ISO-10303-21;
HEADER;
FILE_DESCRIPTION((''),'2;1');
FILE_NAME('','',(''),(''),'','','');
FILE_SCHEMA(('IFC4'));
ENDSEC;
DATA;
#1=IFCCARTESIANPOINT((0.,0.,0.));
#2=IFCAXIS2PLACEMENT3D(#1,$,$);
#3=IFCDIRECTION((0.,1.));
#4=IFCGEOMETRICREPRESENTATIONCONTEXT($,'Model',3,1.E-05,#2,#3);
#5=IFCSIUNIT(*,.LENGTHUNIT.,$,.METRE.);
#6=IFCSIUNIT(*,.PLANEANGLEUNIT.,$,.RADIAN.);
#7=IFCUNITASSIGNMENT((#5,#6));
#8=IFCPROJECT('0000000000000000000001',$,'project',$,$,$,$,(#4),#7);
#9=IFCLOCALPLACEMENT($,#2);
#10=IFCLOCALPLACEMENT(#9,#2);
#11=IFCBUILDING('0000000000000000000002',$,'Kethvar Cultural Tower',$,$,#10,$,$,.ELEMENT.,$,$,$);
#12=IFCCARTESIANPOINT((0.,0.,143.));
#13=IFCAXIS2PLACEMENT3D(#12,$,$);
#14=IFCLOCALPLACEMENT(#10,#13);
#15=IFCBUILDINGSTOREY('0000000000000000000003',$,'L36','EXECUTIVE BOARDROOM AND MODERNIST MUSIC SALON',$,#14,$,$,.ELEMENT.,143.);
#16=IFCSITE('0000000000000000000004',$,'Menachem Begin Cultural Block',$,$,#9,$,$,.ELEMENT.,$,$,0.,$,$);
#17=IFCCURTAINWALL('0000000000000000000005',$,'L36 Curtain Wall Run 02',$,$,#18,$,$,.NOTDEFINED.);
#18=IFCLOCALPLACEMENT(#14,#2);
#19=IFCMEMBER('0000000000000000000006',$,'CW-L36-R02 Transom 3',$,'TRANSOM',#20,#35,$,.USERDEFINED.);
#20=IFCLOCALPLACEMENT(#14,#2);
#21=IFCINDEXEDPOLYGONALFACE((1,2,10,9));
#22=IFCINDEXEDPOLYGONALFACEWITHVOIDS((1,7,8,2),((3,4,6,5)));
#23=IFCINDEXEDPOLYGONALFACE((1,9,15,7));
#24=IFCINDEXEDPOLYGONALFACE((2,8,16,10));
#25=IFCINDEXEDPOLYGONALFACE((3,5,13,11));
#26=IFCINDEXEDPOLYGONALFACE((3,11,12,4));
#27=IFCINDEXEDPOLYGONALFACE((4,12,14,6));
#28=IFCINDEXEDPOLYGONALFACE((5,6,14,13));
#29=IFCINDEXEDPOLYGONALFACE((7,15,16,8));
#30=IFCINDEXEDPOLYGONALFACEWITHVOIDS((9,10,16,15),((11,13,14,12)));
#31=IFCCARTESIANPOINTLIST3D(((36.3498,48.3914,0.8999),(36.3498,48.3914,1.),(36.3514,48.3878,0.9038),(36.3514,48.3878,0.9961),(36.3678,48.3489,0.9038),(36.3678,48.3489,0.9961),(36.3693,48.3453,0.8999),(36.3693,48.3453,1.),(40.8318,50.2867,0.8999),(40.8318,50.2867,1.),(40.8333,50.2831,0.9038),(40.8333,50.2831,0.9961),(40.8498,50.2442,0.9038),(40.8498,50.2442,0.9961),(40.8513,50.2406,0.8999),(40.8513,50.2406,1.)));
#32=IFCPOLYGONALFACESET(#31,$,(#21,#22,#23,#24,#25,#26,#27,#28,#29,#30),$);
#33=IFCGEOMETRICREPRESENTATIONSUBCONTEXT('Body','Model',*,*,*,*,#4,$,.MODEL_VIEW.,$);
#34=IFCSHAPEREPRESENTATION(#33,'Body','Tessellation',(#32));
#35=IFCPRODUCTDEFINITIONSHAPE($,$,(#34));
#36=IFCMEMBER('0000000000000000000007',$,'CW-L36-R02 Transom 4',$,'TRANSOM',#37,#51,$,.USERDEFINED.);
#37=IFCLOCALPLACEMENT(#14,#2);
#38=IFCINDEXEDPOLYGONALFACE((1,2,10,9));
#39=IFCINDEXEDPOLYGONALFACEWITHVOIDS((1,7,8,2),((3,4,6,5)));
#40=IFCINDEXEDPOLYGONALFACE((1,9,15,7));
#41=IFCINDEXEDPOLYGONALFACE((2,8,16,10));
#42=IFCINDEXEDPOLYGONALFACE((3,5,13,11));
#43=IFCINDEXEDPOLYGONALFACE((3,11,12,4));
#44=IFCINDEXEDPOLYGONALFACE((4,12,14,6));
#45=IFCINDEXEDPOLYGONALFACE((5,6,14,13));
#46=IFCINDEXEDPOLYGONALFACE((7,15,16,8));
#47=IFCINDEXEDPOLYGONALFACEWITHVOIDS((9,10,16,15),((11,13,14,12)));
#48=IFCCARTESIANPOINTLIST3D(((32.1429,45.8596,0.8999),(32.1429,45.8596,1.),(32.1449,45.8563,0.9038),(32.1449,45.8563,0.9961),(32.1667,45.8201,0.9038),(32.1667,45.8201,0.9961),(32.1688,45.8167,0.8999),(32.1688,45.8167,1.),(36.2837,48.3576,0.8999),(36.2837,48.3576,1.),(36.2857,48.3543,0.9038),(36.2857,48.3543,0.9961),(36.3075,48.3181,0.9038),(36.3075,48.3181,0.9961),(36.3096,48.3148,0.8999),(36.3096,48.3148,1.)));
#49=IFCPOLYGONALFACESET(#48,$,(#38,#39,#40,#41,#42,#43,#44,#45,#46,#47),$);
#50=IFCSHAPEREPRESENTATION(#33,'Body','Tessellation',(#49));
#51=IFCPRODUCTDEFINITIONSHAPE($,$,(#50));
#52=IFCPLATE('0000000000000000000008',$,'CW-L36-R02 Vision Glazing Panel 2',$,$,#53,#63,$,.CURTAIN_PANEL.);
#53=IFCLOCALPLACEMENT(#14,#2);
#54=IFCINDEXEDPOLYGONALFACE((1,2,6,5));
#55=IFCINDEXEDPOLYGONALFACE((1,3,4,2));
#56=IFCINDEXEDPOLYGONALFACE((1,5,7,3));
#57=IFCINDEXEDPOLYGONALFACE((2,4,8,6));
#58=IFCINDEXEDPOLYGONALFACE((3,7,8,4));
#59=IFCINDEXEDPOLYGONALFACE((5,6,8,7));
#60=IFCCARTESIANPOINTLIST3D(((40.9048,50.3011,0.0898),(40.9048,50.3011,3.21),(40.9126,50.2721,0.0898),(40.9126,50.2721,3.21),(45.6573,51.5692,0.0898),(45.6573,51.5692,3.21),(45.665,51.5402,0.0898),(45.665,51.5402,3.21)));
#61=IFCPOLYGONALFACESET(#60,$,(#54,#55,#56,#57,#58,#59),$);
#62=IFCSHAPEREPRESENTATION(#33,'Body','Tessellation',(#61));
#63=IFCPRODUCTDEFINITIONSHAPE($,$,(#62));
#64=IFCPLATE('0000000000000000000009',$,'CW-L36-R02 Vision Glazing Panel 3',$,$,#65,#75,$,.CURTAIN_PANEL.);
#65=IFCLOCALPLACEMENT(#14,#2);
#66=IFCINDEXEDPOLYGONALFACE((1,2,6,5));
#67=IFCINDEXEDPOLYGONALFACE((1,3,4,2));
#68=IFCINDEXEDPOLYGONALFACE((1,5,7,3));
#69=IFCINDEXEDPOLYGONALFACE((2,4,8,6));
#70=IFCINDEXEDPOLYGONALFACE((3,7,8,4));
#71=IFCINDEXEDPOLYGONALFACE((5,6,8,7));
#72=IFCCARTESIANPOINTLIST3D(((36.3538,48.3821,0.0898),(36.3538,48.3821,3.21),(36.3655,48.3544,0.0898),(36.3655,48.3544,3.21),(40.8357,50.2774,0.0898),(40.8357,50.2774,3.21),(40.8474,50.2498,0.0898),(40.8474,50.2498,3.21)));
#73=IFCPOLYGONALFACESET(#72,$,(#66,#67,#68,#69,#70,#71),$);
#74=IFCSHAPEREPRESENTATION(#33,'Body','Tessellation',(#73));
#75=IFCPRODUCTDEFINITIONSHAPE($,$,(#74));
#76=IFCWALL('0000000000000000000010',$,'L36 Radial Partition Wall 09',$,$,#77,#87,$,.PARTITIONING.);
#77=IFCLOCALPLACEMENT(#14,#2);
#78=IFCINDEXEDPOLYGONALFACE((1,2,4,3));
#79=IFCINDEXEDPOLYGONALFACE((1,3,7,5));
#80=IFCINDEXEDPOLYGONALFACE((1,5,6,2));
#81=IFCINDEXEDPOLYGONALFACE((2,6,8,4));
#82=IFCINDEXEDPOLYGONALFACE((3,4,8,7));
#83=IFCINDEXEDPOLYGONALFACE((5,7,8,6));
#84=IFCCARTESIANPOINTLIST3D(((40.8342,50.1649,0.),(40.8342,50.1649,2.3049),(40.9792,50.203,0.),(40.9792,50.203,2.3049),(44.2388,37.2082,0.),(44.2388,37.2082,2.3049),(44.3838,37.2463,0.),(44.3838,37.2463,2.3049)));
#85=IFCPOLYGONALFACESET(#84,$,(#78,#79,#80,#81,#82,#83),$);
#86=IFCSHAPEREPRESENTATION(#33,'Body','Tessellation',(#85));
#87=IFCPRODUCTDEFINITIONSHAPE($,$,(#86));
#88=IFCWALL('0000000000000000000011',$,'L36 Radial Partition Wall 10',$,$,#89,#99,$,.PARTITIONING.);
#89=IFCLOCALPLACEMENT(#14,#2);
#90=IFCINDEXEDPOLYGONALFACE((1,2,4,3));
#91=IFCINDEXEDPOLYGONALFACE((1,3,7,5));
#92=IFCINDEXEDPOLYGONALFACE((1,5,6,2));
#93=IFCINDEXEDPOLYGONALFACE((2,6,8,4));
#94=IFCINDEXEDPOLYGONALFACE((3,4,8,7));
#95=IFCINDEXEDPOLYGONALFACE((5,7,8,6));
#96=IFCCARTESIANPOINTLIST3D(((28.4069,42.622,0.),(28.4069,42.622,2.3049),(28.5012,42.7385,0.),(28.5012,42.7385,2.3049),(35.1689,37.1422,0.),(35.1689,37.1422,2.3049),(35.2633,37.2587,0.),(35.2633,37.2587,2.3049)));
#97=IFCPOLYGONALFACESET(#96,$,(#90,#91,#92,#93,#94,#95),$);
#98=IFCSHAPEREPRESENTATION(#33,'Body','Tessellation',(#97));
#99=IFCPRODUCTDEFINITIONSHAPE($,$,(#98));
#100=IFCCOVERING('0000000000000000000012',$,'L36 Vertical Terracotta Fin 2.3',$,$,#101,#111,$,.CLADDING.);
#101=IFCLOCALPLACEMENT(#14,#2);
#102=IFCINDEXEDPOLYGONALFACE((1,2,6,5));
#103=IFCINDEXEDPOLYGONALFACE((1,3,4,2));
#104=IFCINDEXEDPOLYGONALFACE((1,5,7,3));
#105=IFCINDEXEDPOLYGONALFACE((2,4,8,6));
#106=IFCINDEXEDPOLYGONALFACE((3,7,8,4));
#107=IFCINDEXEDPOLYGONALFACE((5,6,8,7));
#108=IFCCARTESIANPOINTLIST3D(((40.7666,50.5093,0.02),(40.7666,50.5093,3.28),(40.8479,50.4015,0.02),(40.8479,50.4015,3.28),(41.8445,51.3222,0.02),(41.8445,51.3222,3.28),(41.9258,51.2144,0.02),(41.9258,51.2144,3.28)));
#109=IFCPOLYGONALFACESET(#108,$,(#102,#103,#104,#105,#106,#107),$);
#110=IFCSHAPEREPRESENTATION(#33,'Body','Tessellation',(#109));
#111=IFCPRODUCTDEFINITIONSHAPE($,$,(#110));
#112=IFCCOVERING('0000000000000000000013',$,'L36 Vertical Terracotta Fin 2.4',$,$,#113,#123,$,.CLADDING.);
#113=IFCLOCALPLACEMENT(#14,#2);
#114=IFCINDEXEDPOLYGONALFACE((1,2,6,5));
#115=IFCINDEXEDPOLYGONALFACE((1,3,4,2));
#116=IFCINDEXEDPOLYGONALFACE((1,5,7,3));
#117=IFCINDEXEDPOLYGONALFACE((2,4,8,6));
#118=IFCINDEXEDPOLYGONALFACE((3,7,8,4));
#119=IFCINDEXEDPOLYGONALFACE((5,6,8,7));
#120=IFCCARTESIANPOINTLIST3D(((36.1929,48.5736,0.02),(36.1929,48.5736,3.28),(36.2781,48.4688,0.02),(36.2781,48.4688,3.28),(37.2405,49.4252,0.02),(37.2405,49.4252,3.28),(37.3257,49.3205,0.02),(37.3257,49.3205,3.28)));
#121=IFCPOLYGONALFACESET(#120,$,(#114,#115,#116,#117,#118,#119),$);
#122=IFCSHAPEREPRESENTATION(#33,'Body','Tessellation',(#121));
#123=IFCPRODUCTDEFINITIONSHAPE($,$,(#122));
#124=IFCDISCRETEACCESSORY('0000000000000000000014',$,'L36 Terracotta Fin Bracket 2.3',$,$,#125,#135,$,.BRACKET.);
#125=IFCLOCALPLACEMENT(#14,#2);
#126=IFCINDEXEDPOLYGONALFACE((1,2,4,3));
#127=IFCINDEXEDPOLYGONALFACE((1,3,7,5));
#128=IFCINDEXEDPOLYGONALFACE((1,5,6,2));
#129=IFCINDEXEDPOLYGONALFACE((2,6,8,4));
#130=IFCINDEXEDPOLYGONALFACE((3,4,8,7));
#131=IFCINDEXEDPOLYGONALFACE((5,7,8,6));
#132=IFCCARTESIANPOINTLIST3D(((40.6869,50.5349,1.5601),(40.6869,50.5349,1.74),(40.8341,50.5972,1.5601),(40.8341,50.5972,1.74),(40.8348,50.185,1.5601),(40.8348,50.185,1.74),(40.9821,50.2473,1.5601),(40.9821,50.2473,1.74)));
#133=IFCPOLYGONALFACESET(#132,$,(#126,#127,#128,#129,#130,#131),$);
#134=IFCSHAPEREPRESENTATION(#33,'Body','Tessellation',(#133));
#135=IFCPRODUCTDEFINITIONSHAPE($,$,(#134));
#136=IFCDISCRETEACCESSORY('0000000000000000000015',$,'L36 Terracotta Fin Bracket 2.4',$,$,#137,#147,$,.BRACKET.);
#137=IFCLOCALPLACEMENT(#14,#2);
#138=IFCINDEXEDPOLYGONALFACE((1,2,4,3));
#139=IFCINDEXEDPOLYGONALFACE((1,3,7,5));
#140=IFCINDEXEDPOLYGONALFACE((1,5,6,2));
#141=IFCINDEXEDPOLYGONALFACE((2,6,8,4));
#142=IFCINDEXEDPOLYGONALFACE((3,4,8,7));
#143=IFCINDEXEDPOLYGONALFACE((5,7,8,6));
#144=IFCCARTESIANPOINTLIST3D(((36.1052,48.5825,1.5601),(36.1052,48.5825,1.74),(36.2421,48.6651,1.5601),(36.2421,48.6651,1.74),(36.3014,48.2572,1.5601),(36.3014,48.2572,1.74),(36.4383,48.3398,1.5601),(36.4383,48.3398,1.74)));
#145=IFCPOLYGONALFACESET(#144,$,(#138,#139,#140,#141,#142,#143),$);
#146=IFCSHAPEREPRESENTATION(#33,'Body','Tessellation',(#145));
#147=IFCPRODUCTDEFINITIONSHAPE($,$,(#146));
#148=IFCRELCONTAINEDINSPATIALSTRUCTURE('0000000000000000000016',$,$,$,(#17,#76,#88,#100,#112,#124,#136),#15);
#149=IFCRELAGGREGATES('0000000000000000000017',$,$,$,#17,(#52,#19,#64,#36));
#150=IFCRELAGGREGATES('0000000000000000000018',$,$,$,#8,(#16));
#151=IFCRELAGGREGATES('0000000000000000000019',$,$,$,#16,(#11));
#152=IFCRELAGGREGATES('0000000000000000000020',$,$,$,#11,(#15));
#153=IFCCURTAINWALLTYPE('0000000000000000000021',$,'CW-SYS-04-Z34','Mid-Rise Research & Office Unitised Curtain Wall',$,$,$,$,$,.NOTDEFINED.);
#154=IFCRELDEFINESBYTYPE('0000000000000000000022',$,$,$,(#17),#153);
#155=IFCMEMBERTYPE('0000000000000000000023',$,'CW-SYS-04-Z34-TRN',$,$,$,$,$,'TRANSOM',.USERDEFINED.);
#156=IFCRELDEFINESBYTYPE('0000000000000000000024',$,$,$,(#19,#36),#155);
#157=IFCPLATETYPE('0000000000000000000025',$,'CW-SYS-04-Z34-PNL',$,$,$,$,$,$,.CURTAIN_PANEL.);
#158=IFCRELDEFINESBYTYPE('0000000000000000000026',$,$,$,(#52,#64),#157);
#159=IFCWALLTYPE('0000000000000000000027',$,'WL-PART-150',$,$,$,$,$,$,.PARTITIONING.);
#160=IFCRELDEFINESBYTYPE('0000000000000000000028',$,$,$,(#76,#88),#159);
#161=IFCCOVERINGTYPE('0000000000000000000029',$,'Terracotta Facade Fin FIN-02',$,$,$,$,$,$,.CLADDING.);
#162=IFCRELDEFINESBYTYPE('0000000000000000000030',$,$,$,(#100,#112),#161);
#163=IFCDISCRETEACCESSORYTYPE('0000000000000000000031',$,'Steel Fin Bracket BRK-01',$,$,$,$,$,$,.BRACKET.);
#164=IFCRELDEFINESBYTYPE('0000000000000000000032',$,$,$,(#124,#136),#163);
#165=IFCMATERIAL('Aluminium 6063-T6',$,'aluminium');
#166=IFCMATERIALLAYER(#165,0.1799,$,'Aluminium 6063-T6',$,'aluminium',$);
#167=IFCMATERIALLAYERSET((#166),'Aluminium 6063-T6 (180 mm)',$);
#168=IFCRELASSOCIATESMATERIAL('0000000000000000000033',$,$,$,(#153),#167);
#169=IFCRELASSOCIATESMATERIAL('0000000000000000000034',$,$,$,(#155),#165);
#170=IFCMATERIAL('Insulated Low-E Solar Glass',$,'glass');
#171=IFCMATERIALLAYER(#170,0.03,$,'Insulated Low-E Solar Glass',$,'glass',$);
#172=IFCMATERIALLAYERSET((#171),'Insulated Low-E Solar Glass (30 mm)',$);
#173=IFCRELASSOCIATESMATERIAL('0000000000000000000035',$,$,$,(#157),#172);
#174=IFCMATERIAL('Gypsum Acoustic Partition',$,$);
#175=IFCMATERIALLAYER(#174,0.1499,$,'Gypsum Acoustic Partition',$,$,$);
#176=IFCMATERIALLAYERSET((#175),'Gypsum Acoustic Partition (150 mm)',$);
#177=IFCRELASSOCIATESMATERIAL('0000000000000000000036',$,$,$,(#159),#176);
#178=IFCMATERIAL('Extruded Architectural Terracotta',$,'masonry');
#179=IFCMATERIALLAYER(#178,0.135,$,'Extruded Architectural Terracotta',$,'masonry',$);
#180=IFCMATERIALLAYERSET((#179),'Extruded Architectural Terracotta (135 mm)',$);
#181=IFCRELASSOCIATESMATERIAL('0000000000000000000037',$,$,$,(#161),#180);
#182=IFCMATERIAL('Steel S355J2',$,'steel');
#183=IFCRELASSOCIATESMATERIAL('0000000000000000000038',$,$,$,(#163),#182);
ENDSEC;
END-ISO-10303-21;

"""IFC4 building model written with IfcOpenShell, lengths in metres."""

from ifc_helpers import new_model, si_unit, direction, frame, frame_2d, origin, origin_2d, place, context, subcontext, project, spatial, rectangle, hollow_rectangle, extrude, source, transform, mapped, material, layer, layer_set, material_profile, profile_set, type_object, element, aggregate, save


model = new_model("IFC4")

# Units and contexts
model_context = context("Model", 3, precision=1e-05, world=origin(), true_north=direction((0.0, 1.0)))
body_context = subcontext(model_context, "Body", "Model", "MODEL_VIEW")
ifc_project = project(units=[si_unit("LENGTHUNIT", "METRE"), si_unit("PLANEANGLEUNIT", "RADIAN")], contexts=[model_context])

# Site, building, storey
site_placement = place(None, origin())
site = spatial("IfcSite", under=ifc_project, at=site_placement, Name="Menachem Begin Cultural Block", CompositionType="ELEMENT", RefElevation=0.0)
building_placement = place(site_placement, origin())
building = spatial("IfcBuilding", under=site, at=building_placement, Name="Kethvar Cultural Tower", CompositionType="ELEMENT")
storey_placement = place(building_placement, frame((0.0, 0.0, 143.0)))
storey = spatial("IfcBuildingStorey", under=building, at=storey_placement, Name="L36", Description="EXECUTIVE BOARDROOM AND MODERNIST MUSIC SALON", CompositionType="ELEMENT", Elevation=143.0)

# Shared definitions
ifc_material_1 = material(Name="Steel S355J2", Category="steel")

# Curtain wall, members, plates
ifc_material_2 = material(Name="Aluminium 6063-T6", Category="aluminium")
ifc_layer_1 = layer(ifc_material_2, 0.1799, Name="Aluminium 6063-T6", Category="aluminium")
ifc_layer_set_1 = layer_set([ifc_layer_1], Name="Aluminium 6063-T6 (180 mm)")
curtain_wall_type = type_object("IfcCurtainWallType", Name="CW-SYS-04-Z34", Description="Mid-Rise Research & Office Unitised Curtain Wall", PredefinedType="NOTDEFINED", material=ifc_layer_set_1)
curtain_wall_placement = place(storey_placement, origin())
curtain_wall = element("IfcCurtainWall", 1, at=curtain_wall_placement, inside=storey, type_object=curtain_wall_type, Name="L36 Curtain Wall Run 02", PredefinedType="NOTDEFINED")
ifc_material_profile_1 = material_profile(ifc_material_2, hollow_rectangle(XDim=0.05, YDim=0.1001, WallThickness=0.0039, at=origin_2d()), Name="Aluminium 6063-T6 — RHS100x50x4")
ifc_profile_set_1 = profile_set([ifc_material_profile_1], Name="Aluminium 6063-T6 — RHS100x50x4")
member_type_1 = type_object("IfcMemberType", Name="CW-SYS-04-Z34-TRN", ElementType="TRANSOM", PredefinedType="USERDEFINED", material=ifc_profile_set_1)
shared_shape_1 = source(origin(), body_context, "Body", "SweptSolid", [
    extrude(hollow_rectangle(XDim=0.05, YDim=0.1001, WallThickness=0.0039, at=origin_2d()), origin(), (0.0, 0.0, 1.0), 4.8662),
])
member_1_placement = place(storey_placement, frame((40.8416, 50.2637, 0.95), z_axis=(-0.921036, -0.389476, 0.0), x_axis=(0.389476, -0.921036, 0.0)))
member_1 = element("IfcMember", 2, at=member_1_placement, type_object=member_type_1, Name="CW-L36-R02 Transom 3", ObjectType="TRANSOM", PredefinedType="USERDEFINED", context=body_context, shape_type="MappedRepresentation", body=[
    mapped(shared_shape_1, transform((0.0, 0.0, 0.0), scale=1.0)),
])
shared_shape_2 = source(origin(), body_context, "Body", "SweptSolid", [
    extrude(hollow_rectangle(XDim=0.05, YDim=0.1001, WallThickness=0.0039, at=origin_2d()), origin(), (0.0, 0.0, 1.0), 4.8359),
])
member_2_placement = place(storey_placement, frame((36.2966, 48.3362, 0.95), z_axis=(-0.856257, -0.516551, 0.0), x_axis=(0.516551, -0.856257, 0.0)))
member_2 = element("IfcMember", 3, at=member_2_placement, type_object=member_type_1, Name="CW-L36-R02 Transom 4", ObjectType="TRANSOM", PredefinedType="USERDEFINED", context=body_context, shape_type="MappedRepresentation", body=[
    mapped(shared_shape_2, transform((0.0, 0.0, 0.0), scale=1.0)),
])
ifc_material_3 = material(Name="Insulated Low-E Solar Glass", Category="glass")
ifc_layer_2 = layer(ifc_material_3, 0.03, Name="Insulated Low-E Solar Glass", Category="glass")
ifc_layer_set_2 = layer_set([ifc_layer_2], Name="Insulated Low-E Solar Glass (30 mm)")
plate_type = type_object("IfcPlateType", Name="CW-SYS-04-Z34-PNL", PredefinedType="CURTAIN_PANEL", material=ifc_layer_set_2)
shared_shape_3 = source(origin(), body_context, "Body", "SweptSolid", [
    extrude(rectangle(XDim=4.9187, YDim=0.03, at=origin_2d()), origin(), (0.0, 0.0, 1.0), 3.1201),
])
plate_1_placement = place(storey_placement, frame((43.2849, 50.9207, 0.0898), z_axis=(0.0, 0.0, 1.0), x_axis=(-0.966196, -0.257807, 0.0)))
plate_1 = element("IfcPlate", 4, at=plate_1_placement, type_object=plate_type, Name="CW-L36-R02 Vision Glazing Panel 2", PredefinedType="CURTAIN_PANEL", context=body_context, shape_type="MappedRepresentation", body=[
    mapped(shared_shape_3, transform((0.0, 0.0, 0.0), scale=1.0)),
])
shared_shape_4 = source(origin(), body_context, "Body", "SweptSolid", [
    extrude(rectangle(XDim=4.8662, YDim=0.03, at=origin_2d()), origin(), (0.0, 0.0, 1.0), 3.1201),
])
plate_2_placement = place(storey_placement, frame((38.6006, 49.3159, 0.0898), z_axis=(0.0, 0.0, 1.0), x_axis=(-0.921029, -0.389494, 0.0)))
plate_2 = element("IfcPlate", 5, at=plate_2_placement, type_object=plate_type, Name="CW-L36-R02 Vision Glazing Panel 3", PredefinedType="CURTAIN_PANEL", context=body_context, shape_type="MappedRepresentation", body=[
    mapped(shared_shape_4, transform((0.0, 0.0, 0.0), scale=1.0)),
])
aggregate(curtain_wall, [plate_1, member_1, plate_2, member_2])

# Walls
ifc_material_4 = material(Name="Gypsum Acoustic Partition")
ifc_layer_3 = layer(ifc_material_4, 0.1499, Name="Gypsum Acoustic Partition")
ifc_layer_set_3 = layer_set([ifc_layer_3], Name="Gypsum Acoustic Partition (150 mm)")
wall_type = type_object("IfcWallType", Name="WL-PART-150", PredefinedType="PARTITIONING", material=ifc_layer_set_3)
wall_1_placement = place(storey_placement, frame((44.3113, 37.2273, 0.0), z_axis=(0.0, 0.0, 1.0), x_axis=(-0.254139, 0.967168, 0.0)))
element("IfcWall", 6, at=wall_1_placement, inside=storey, type_object=wall_type, Name="L36 Radial Partition Wall 09", PredefinedType="PARTITIONING", context=body_context, shape_type="SweptSolid", body=[
    extrude(rectangle(XDim=13.3965, YDim=0.1499, at=frame_2d((6.6982, 0.0))), origin(), (0.0, 0.0, 1.0), 2.3049),
])
wall_2_placement = place(storey_placement, frame((35.2161, 37.2004, 0.0), z_axis=(0.0, 0.0, 1.0), x_axis=(-0.776921, 0.629598, 0.0)))
element("IfcWall", 7, at=wall_2_placement, inside=storey, type_object=wall_type, Name="L36 Radial Partition Wall 10", PredefinedType="PARTITIONING", context=body_context, shape_type="SweptSolid", body=[
    extrude(rectangle(XDim=8.7036, YDim=0.1499, at=frame_2d((4.3518, 0.0))), origin(), (0.0, 0.0, 1.0), 2.3049),
])

# Coverings
ifc_material_5 = material(Name="Extruded Architectural Terracotta", Category="masonry")
ifc_layer_4 = layer(ifc_material_5, 0.135, Name="Extruded Architectural Terracotta", Category="masonry")
ifc_layer_set_4 = layer_set([ifc_layer_4], Name="Extruded Architectural Terracotta (135 mm)")
covering_type = type_object("IfcCoveringType", Name="Terracotta Facade Fin FIN-02", PredefinedType="CLADDING", material=ifc_layer_set_4)
shared_shape_5 = source(origin(), body_context, "Body", "SweptSolid", [
    extrude(rectangle(XDim=1.3501, YDim=0.135, at=origin_2d()), origin(), (0.0, 0.0, 1.0), 3.26),
])
for number, where, z_axis, x_axis, name in (
    (8, (41.3462, 50.8618, 0.02), (0.0, 0.0, 1.0), (0.798425, 0.602094, 0.0), "L36 Vertical Terracotta Fin 2.3"),
    (9, (36.7593, 48.947, 0.02), (0.0, 0.0, 1.0), (0.775936, 0.630811, 0.0), "L36 Vertical Terracotta Fin 2.4"),
):
    element("IfcCovering", number, at=place(storey_placement, frame(where, z_axis=z_axis, x_axis=x_axis)), inside=storey, type_object=covering_type, Name=name, PredefinedType="CLADDING", context=body_context, shape_type="MappedRepresentation", body=[
        mapped(shared_shape_5, transform((0.0, 0.0, 0.0), scale=1.0)),
    ])

# Discrete accessories
discrete_accessory_type = type_object("IfcDiscreteAccessoryType", Name="Steel Fin Bracket BRK-01", PredefinedType="BRACKET", material=ifc_material_1)
shared_shape_6 = source(origin(), body_context, "Body", "SweptSolid", [
    extrude(rectangle(XDim=0.3799, YDim=0.1599, at=origin_2d()), origin(), (0.0, 0.0, 1.0), 0.1799),
])
for number, where, z_axis, x_axis, name in (
    (10, (40.8345, 50.3911, 1.5601), (0.0, 0.0, 1.0), (-0.389445, 0.92105, 0.0), "L36 Terracotta Fin Bracket 2.3"),
    (11, (36.2717, 48.4612, 1.5601), (0.0, 0.0, 1.0), (-0.516533, 0.856267, 0.0), "L36 Terracotta Fin Bracket 2.4"),
):
    element("IfcDiscreteAccessory", number, at=place(storey_placement, frame(where, z_axis=z_axis, x_axis=x_axis)), inside=storey, type_object=discrete_accessory_type, Name=name, PredefinedType="BRACKET", context=body_context, shape_type="MappedRepresentation", body=[
        mapped(shared_shape_6, transform((0.0, 0.0, 0.0), scale=1.0)),
    ])

save(model, "model.ifc")
